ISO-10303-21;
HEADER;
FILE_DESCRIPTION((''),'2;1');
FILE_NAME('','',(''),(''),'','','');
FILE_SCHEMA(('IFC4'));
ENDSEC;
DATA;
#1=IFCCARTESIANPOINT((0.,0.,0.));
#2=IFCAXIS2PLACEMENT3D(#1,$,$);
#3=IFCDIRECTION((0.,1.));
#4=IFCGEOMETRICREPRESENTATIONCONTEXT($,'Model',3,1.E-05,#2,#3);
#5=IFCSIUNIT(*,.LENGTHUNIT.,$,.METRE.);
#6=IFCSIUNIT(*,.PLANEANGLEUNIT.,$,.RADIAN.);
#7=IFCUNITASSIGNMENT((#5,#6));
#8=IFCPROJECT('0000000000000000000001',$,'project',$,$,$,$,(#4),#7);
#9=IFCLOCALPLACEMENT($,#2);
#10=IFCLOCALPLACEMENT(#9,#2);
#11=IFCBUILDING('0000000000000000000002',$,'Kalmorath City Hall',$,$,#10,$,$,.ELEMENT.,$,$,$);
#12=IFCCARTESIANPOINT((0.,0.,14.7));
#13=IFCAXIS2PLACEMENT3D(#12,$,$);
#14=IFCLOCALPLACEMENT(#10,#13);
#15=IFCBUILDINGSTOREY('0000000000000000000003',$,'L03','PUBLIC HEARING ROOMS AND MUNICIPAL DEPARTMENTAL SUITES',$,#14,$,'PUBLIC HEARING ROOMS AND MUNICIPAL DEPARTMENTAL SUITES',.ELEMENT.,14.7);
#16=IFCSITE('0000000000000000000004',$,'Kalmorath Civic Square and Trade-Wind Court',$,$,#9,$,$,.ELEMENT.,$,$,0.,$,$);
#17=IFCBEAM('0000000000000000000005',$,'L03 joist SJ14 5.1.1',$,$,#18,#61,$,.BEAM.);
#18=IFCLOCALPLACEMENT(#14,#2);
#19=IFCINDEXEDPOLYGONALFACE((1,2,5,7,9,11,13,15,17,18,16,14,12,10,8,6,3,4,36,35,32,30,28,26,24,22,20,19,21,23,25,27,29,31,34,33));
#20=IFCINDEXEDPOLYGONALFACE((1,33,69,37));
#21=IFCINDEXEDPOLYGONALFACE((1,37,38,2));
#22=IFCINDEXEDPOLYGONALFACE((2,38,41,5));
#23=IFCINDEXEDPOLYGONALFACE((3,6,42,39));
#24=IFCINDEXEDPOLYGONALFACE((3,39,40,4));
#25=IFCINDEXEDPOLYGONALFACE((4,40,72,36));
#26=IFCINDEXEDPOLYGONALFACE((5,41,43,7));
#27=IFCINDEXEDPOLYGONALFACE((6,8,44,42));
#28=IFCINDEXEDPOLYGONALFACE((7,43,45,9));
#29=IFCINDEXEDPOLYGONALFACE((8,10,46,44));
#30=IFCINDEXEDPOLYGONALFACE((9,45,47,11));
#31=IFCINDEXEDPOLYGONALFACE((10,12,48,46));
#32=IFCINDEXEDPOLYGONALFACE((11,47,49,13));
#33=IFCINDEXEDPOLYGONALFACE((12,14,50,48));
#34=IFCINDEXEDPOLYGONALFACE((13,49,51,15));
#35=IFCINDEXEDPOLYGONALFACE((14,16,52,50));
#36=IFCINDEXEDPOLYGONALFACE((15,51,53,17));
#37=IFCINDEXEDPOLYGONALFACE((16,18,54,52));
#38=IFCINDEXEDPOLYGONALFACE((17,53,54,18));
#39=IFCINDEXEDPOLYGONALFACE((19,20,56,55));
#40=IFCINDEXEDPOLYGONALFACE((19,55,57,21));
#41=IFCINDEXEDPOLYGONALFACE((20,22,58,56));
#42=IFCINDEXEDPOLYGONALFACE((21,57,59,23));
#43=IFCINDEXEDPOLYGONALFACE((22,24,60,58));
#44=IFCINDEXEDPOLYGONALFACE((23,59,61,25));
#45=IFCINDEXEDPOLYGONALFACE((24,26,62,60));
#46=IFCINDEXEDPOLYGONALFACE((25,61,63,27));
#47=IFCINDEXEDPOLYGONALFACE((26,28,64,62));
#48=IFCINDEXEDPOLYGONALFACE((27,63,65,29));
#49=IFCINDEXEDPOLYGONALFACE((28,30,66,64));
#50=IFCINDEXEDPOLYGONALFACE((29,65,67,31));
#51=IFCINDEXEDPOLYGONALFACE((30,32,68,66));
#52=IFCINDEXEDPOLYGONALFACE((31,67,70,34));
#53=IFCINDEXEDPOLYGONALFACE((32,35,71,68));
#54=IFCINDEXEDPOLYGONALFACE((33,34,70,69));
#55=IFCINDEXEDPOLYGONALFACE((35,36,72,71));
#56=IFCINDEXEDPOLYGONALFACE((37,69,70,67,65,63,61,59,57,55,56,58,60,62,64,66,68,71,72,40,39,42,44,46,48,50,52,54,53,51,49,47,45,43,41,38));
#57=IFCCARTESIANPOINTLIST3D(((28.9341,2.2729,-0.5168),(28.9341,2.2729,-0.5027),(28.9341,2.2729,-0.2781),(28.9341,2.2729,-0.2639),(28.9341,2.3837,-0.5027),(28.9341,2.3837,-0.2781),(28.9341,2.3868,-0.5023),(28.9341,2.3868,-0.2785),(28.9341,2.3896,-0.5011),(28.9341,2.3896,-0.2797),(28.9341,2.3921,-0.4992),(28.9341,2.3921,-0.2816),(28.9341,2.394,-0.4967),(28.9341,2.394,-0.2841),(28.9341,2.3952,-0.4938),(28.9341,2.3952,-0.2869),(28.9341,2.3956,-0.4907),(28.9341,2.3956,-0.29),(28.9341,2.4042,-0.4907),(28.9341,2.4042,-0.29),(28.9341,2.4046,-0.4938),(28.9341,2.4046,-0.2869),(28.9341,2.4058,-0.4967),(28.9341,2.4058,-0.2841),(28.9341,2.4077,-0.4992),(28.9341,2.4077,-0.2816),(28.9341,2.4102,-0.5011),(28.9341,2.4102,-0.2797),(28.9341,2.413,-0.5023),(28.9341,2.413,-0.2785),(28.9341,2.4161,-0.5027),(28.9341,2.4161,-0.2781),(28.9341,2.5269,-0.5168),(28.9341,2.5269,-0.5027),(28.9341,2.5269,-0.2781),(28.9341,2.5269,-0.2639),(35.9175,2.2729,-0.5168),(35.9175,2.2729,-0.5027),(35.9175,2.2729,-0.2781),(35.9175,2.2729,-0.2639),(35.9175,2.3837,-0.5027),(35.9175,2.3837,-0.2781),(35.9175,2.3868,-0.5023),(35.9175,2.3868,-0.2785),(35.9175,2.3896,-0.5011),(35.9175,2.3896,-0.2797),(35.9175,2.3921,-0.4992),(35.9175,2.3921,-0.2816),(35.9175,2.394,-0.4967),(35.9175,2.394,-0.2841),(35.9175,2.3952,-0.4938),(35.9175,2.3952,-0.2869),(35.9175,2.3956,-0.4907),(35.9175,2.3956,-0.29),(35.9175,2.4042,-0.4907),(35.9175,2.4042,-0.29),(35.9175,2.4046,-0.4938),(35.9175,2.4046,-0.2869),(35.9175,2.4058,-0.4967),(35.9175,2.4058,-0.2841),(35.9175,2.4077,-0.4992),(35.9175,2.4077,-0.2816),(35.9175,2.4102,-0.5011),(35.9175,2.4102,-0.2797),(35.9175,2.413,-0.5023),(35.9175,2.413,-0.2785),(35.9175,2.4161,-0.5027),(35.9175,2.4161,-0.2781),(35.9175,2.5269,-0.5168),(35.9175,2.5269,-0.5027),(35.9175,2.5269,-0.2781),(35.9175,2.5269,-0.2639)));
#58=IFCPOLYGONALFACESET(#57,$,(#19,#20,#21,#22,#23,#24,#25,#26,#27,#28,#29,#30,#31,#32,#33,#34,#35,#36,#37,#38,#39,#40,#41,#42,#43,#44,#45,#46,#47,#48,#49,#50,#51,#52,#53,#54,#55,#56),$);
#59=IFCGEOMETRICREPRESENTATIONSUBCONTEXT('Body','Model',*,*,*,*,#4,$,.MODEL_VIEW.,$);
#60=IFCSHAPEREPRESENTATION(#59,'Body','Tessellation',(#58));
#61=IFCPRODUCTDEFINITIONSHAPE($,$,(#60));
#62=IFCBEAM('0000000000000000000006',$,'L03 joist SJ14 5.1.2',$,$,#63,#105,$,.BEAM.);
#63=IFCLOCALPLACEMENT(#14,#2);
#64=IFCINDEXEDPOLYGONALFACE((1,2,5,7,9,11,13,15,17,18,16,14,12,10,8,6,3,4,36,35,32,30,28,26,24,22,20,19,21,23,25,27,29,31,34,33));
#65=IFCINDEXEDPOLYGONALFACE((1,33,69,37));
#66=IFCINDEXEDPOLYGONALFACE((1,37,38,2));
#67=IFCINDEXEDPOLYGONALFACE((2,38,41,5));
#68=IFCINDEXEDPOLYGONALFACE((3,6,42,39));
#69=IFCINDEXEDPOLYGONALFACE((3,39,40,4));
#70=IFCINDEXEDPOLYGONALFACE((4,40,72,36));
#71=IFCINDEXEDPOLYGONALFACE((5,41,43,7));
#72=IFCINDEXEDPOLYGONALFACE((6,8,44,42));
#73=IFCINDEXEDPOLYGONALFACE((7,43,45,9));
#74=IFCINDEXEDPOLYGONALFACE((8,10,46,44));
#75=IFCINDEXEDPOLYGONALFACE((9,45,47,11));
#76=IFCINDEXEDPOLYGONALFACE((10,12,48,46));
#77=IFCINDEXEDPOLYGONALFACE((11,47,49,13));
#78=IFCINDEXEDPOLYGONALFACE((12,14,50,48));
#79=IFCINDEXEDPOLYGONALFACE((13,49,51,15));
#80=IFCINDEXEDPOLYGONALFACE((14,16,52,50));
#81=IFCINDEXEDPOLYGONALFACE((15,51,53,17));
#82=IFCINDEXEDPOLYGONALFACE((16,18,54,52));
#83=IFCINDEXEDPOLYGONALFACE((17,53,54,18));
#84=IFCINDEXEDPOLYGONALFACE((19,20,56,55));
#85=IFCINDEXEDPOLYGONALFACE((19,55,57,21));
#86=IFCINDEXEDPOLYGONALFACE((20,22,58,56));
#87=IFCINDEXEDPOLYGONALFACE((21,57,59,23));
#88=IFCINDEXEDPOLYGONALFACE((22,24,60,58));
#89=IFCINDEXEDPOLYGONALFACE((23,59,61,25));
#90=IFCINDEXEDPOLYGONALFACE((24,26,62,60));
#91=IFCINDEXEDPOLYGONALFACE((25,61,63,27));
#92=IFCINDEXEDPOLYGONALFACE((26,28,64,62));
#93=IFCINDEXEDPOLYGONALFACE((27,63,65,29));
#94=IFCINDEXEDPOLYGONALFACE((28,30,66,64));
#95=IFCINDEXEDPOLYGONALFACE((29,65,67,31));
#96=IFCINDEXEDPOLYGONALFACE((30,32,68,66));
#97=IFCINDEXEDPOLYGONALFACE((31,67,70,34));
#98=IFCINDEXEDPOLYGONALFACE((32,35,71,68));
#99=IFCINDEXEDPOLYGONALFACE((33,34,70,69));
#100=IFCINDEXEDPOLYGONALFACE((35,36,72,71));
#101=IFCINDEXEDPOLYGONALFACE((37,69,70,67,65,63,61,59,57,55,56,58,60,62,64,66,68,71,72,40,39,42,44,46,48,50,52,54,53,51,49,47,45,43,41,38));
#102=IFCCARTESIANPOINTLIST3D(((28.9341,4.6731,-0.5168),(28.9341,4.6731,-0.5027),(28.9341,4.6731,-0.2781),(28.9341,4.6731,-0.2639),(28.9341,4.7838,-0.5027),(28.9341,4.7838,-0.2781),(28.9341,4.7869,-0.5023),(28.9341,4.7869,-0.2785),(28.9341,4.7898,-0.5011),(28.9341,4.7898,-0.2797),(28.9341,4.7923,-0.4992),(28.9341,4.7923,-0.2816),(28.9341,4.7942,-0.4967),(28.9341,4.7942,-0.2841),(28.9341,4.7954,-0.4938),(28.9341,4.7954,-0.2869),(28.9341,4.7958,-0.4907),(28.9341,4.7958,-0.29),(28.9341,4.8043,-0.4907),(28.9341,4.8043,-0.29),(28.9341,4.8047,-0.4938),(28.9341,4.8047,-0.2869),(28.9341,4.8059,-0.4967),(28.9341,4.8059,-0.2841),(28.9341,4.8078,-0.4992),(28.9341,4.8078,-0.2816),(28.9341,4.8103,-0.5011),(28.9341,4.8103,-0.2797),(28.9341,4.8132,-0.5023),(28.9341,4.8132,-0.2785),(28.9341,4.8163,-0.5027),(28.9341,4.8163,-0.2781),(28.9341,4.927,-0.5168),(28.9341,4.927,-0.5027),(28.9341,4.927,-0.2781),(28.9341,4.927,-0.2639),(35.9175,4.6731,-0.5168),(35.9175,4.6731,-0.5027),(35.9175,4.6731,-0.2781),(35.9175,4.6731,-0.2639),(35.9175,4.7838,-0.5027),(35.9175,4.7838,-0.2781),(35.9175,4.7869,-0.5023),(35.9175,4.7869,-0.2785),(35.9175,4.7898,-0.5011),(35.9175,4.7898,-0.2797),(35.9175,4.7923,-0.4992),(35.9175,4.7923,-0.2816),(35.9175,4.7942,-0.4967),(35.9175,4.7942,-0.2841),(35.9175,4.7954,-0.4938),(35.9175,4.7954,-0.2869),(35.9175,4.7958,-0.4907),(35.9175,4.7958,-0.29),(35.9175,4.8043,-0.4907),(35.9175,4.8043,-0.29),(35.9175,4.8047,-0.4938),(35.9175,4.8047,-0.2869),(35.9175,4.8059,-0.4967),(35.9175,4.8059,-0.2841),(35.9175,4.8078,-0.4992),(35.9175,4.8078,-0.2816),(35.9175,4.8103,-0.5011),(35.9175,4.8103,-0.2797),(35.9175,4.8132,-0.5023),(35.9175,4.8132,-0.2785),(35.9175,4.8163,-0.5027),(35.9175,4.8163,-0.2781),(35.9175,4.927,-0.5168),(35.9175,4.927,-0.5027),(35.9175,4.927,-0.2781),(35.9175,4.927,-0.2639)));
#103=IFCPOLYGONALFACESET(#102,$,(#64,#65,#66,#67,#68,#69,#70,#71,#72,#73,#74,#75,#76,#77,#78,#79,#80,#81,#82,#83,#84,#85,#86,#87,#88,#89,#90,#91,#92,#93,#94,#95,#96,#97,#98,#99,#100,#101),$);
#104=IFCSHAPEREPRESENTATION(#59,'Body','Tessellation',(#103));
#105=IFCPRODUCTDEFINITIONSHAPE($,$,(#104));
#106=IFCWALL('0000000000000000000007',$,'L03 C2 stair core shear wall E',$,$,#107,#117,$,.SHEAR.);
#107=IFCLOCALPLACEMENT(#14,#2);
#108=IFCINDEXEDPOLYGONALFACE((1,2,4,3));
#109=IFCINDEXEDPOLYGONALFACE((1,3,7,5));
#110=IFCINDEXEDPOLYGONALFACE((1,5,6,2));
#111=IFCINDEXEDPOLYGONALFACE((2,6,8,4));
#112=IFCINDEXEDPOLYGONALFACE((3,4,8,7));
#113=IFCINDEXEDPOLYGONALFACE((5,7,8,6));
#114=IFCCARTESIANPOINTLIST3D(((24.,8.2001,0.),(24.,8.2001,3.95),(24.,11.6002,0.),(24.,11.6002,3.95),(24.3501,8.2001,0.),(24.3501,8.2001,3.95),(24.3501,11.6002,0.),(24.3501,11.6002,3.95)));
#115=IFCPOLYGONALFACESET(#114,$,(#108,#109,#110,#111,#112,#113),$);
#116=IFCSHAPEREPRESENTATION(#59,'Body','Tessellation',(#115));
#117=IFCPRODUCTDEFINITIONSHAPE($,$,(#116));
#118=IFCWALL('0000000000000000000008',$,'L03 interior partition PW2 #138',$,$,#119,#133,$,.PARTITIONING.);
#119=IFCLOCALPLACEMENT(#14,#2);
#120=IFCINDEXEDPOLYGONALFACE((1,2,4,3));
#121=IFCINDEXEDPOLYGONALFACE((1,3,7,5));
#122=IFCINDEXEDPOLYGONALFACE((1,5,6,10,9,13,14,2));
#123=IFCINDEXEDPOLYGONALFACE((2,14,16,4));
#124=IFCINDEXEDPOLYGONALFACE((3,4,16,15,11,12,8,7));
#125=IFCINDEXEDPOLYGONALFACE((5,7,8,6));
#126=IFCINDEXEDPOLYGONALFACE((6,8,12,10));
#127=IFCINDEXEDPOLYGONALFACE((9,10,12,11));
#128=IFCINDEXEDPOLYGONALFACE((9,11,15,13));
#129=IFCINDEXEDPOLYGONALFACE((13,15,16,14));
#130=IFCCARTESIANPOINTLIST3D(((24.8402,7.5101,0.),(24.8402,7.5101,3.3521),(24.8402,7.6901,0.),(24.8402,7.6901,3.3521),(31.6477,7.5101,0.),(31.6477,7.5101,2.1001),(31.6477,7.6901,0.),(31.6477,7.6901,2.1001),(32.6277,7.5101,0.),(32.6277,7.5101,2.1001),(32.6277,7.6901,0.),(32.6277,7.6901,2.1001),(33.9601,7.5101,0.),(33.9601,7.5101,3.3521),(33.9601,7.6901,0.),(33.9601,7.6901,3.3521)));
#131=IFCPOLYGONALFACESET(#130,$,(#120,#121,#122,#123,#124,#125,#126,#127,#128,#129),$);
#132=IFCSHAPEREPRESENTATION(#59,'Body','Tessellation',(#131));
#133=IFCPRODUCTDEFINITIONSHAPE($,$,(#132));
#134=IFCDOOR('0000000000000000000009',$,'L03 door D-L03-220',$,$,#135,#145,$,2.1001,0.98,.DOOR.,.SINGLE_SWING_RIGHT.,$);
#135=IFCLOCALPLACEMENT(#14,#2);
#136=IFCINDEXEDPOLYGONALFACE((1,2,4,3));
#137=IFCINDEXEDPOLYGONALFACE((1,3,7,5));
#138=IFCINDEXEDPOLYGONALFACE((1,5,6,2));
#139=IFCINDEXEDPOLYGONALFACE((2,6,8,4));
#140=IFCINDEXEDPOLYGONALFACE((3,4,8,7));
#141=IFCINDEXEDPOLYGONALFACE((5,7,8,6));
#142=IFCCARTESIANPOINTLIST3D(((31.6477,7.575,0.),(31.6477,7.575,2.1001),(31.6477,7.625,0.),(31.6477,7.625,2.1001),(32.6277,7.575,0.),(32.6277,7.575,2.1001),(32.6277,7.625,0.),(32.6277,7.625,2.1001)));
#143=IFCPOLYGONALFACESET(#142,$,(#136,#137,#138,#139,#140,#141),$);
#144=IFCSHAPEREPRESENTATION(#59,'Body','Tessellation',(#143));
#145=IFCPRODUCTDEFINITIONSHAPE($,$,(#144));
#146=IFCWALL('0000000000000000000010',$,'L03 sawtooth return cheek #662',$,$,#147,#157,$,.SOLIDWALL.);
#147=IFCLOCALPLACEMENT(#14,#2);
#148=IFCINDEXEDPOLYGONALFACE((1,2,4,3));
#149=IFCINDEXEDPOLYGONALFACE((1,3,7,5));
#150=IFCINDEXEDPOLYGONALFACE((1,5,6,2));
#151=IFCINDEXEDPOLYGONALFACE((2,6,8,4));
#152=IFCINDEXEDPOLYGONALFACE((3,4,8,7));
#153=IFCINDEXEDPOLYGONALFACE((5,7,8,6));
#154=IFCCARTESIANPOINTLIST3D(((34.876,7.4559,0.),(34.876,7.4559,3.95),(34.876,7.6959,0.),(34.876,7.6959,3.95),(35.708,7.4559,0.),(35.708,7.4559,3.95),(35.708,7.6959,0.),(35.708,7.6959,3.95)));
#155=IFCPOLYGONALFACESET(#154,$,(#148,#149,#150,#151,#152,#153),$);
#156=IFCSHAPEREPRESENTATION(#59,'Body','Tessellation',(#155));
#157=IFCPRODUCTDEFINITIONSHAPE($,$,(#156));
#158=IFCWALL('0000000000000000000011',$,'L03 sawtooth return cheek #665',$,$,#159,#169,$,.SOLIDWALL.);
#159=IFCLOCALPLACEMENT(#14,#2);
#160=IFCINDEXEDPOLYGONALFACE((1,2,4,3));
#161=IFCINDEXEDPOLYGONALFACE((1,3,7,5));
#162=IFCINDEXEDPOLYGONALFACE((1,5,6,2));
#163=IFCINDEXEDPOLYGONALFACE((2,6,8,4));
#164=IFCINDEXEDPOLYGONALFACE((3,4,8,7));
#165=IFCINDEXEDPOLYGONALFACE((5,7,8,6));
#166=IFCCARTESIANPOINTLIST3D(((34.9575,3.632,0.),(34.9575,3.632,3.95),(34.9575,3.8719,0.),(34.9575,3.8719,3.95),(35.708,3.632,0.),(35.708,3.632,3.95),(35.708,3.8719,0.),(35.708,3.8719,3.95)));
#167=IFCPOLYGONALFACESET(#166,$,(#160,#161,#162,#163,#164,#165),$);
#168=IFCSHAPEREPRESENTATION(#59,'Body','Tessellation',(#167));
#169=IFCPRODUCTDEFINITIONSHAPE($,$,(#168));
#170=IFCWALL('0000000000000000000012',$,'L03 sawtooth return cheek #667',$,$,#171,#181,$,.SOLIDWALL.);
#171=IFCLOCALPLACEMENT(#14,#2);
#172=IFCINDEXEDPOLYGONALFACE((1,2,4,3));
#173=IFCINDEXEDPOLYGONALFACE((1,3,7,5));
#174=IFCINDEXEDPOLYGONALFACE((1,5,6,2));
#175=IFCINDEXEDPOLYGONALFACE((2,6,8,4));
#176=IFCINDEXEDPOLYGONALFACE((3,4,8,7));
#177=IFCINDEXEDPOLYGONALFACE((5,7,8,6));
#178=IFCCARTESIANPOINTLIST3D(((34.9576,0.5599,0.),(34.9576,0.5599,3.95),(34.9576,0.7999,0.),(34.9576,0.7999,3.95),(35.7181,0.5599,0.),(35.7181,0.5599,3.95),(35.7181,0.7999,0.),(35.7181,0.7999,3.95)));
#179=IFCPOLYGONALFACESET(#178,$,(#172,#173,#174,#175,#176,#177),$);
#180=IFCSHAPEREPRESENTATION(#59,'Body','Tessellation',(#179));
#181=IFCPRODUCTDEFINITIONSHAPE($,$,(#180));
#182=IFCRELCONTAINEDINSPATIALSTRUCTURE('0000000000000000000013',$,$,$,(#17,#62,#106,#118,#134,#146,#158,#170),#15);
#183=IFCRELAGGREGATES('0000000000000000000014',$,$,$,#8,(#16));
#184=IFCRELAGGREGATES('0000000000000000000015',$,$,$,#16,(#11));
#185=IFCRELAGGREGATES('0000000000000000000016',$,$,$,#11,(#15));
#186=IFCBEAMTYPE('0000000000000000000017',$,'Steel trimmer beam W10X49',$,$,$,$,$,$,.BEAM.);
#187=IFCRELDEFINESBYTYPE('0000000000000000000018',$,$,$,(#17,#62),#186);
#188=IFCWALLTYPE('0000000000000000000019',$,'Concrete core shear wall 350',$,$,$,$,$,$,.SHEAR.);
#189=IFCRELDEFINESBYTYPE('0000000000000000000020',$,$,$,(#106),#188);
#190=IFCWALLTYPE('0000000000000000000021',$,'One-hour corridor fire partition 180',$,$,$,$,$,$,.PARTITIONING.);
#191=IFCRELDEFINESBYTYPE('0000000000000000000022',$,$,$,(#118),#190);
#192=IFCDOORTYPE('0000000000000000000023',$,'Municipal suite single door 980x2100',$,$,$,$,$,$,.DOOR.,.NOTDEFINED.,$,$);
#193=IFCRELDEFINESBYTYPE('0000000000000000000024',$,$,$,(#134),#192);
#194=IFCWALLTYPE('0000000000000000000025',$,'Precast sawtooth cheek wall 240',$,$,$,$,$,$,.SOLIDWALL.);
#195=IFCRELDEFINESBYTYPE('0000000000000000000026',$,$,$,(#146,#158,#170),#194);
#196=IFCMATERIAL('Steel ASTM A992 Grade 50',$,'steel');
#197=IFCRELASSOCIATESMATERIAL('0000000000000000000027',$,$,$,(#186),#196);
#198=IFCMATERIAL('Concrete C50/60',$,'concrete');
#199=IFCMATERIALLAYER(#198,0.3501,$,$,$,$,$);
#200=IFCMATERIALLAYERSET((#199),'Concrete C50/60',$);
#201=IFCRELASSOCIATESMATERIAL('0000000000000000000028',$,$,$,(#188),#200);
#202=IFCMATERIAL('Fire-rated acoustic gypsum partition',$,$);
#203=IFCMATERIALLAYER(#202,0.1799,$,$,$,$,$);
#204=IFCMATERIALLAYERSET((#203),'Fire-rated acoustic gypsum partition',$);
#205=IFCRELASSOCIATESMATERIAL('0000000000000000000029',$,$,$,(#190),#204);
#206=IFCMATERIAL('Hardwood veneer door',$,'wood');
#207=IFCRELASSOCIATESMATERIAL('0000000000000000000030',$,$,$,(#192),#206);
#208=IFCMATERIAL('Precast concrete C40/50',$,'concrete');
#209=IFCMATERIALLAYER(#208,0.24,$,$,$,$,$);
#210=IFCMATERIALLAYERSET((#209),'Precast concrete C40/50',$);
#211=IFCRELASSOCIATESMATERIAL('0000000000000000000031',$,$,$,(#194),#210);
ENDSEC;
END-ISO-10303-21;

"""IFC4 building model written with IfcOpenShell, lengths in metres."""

from ifc_helpers import new_model, si_unit, direction, frame, frame_2d, origin, origin_2d, place, context, subcontext, project, spatial, rectangle, i_section, extrude, material, layer, layer_set, material_profile, profile_set, type_object, element, fill, save


model = new_model("IFC4")

# Units and contexts
model_context = context("Model", 3, precision=1e-05, world=origin(), true_north=direction((0.0, 1.0)))
body_context = subcontext(model_context, "Body", "Model", "MODEL_VIEW")
ifc_project = project(units=[si_unit("LENGTHUNIT", "METRE"), si_unit("PLANEANGLEUNIT", "RADIAN")], contexts=[model_context])

# Site, building, storey
site_placement = place(None, origin())
site = spatial("IfcSite", under=ifc_project, at=site_placement, Name="Kalmorath Civic Square and Trade-Wind Court", CompositionType="ELEMENT", RefElevation=0.0)
building_placement = place(site_placement, origin())
building = spatial("IfcBuilding", under=site, at=building_placement, Name="Kalmorath City Hall", CompositionType="ELEMENT")
storey_placement = place(building_placement, frame((0.0, 0.0, 14.7)))
storey = spatial("IfcBuildingStorey", under=building, at=storey_placement, Name="L03", Description="PUBLIC HEARING ROOMS AND MUNICIPAL DEPARTMENTAL SUITES", LongName="PUBLIC HEARING ROOMS AND MUNICIPAL DEPARTMENTAL SUITES", CompositionType="ELEMENT", Elevation=14.7)

# Beams
ifc_material_1 = material(Name="Steel ASTM A992 Grade 50", Category="steel")
ifc_material_profile_1 = material_profile(ifc_material_1, i_section(OverallWidth=0.2539, OverallDepth=0.2529, WebThickness=0.0085, FlangeThickness=0.0142, FilletRadius=0.012, at=origin_2d()), Name="W10X49")
ifc_profile_set_1 = profile_set([ifc_material_profile_1], Name="Steel ASTM A992 Grade 50")
beam_type_1 = type_object("IfcBeamType", Name="Steel trimmer beam W10X49", PredefinedType="BEAM", material=ifc_profile_set_1)
for number, where, z_axis, x_axis, name in (
    (1, (28.9341, 2.3999, -0.3904), (1.0, 0.0, 0.0), (0.0, 1.0, 0.0), "L03 joist SJ14 5.1.1"),
    (2, (28.9341, 4.8, -0.3904), (1.0, 0.0, 0.0), (0.0, 1.0, 0.0), "L03 joist SJ14 5.1.2"),
):
    element("IfcBeam", number, at=place(storey_placement, frame(where, z_axis=z_axis, x_axis=x_axis)), inside=storey, type_object=beam_type_1, Name=name, PredefinedType="BEAM", context=body_context, shape_type="SweptSolid", body=[
        extrude(i_section(OverallWidth=0.2539, OverallDepth=0.2529, WebThickness=0.0085, FlangeThickness=0.0142, FilletRadius=0.012, at=origin_2d()), origin(), (0.0, 0.0, 1.0), 6.9834),
    ])

# Wall
ifc_material_2 = material(Name="Concrete C50/60", Category="concrete")
ifc_layer_1 = layer(ifc_material_2, 0.3501)
ifc_layer_set_1 = layer_set([ifc_layer_1], Name="Concrete C50/60")
wall_type_1 = type_object("IfcWallType", Name="Concrete core shear wall 350", PredefinedType="SHEAR", material=ifc_layer_set_1)
wall_1_placement = place(storey_placement, frame((24.175, 8.2, 0.0), z_axis=(0.0, 0.0, 1.0), x_axis=(0.0, 1.0, 0.0)))
element("IfcWall", 3, at=wall_1_placement, inside=storey, type_object=wall_type_1, Name="L03 C2 stair core shear wall E", PredefinedType="SHEAR", context=body_context, shape_type="SweptSolid", body=[
    extrude(rectangle(XDim=3.4001, YDim=0.3501, at=frame_2d((1.7002, 0.0))), origin(), (0.0, 0.0, 1.0), 3.95),
])

# Wall, opening, door
ifc_material_3 = material(Name="Fire-rated acoustic gypsum partition")
ifc_layer_2 = layer(ifc_material_3, 0.1799)
ifc_layer_set_2 = layer_set([ifc_layer_2], Name="Fire-rated acoustic gypsum partition")
wall_type_2 = type_object("IfcWallType", Name="One-hour corridor fire partition 180", PredefinedType="PARTITIONING", material=ifc_layer_set_2)
wall_2_placement = place(storey_placement, frame((24.8401, 7.6001, 0.0), z_axis=(0.0, 0.0, 1.0), x_axis=(1.0, 0.0, 0.0)))
wall_2 = element("IfcWall", 4, at=wall_2_placement, inside=storey, type_object=wall_type_2, Name="L03 interior partition PW2 #138", PredefinedType="PARTITIONING", context=body_context, shape_type="SweptSolid", body=[
    extrude(rectangle(XDim=9.1199, YDim=0.1799, at=frame_2d((4.5601, 0.0))), origin(), (0.0, 0.0, 1.0), 3.3521),
])
opening_1_placement = place(wall_2_placement, frame((6.8076, 0.0, 0.0)))
opening_1 = element("IfcOpeningElement", 5, at=opening_1_placement, cuts=wall_2, PredefinedType="OPENING", context=body_context, shape_type="SweptSolid", body=[
    extrude(rectangle(XDim=0.98, YDim=2.1001, at=frame_2d((0.49, 1.05))), frame((0.0, 0.0999, 0.0), z_axis=(0.0, -1.0, 0.0), x_axis=(1.0, 0.0, 0.0)), (0.0, 0.0, 1.0), 0.2),
])
ifc_material_4 = material(Name="Hardwood veneer door", Category="wood")
door_type = type_object("IfcDoorType", Name="Municipal suite single door 980x2100", OperationType="NOTDEFINED", PredefinedType="DOOR", material=ifc_material_4)
door_placement = place(opening_1_placement, origin())
door = element("IfcDoor", 6, at=door_placement, inside=storey, type_object=door_type, Name="L03 door D-L03-220", OperationType="SINGLE_SWING_RIGHT", OverallHeight=2.1001, OverallWidth=0.98, PredefinedType="DOOR", context=body_context, shape_type="SweptSolid", body=[
    extrude(rectangle(XDim=0.98, YDim=2.1001, at=frame_2d((0.49, 1.05))), frame((0.0, 0.0249, 0.0), z_axis=(0.0, -1.0, 0.0), x_axis=(1.0, 0.0, 0.0)), (0.0, 0.0, 1.0), 0.05),
])
fill(opening_1, door)

# Walls
ifc_material_5 = material(Name="Precast concrete C40/50", Category="concrete")
ifc_layer_3 = layer(ifc_material_5, 0.24)
ifc_layer_set_3 = layer_set([ifc_layer_3], Name="Precast concrete C40/50")
wall_type_3 = type_object("IfcWallType", Name="Precast sawtooth cheek wall 240", PredefinedType="SOLIDWALL", material=ifc_layer_set_3)
wall_3_placement = place(storey_placement, frame((34.876, 7.5759, 0.0), z_axis=(0.0, 0.0, 1.0), x_axis=(1.0, 0.0, 0.0)))
element("IfcWall", 7, at=wall_3_placement, inside=storey, type_object=wall_type_3, Name="L03 sawtooth return cheek #662", PredefinedType="SOLIDWALL", context=body_context, shape_type="SweptSolid", body=[
    extrude(rectangle(XDim=0.832, YDim=0.24, at=frame_2d((0.416, 0.0))), origin(), (0.0, 0.0, 1.0), 3.95),
])
wall_4_placement = place(storey_placement, frame((34.9575, 3.752, 0.0), z_axis=(0.0, 0.0, 1.0), x_axis=(1.0, 0.0, 0.0)))
element("IfcWall", 8, at=wall_4_placement, inside=storey, type_object=wall_type_3, Name="L03 sawtooth return cheek #665", PredefinedType="SOLIDWALL", context=body_context, shape_type="SweptSolid", body=[
    extrude(rectangle(XDim=0.7505, YDim=0.24, at=frame_2d((0.3752, 0.0))), origin(), (0.0, 0.0, 1.0), 3.95),
])
wall_5_placement = place(storey_placement, frame((34.9575, 0.6799, 0.0), z_axis=(0.0, 0.0, 1.0), x_axis=(1.0, 0.0, 0.0)))
element("IfcWall", 9, at=wall_5_placement, inside=storey, type_object=wall_type_3, Name="L03 sawtooth return cheek #667", PredefinedType="SOLIDWALL", context=body_context, shape_type="SweptSolid", body=[
    extrude(rectangle(XDim=0.7605, YDim=0.24, at=frame_2d((0.3804, 0.0))), origin(), (0.0, 0.0, 1.0), 3.95),
])

save(model, "model.ifc")
